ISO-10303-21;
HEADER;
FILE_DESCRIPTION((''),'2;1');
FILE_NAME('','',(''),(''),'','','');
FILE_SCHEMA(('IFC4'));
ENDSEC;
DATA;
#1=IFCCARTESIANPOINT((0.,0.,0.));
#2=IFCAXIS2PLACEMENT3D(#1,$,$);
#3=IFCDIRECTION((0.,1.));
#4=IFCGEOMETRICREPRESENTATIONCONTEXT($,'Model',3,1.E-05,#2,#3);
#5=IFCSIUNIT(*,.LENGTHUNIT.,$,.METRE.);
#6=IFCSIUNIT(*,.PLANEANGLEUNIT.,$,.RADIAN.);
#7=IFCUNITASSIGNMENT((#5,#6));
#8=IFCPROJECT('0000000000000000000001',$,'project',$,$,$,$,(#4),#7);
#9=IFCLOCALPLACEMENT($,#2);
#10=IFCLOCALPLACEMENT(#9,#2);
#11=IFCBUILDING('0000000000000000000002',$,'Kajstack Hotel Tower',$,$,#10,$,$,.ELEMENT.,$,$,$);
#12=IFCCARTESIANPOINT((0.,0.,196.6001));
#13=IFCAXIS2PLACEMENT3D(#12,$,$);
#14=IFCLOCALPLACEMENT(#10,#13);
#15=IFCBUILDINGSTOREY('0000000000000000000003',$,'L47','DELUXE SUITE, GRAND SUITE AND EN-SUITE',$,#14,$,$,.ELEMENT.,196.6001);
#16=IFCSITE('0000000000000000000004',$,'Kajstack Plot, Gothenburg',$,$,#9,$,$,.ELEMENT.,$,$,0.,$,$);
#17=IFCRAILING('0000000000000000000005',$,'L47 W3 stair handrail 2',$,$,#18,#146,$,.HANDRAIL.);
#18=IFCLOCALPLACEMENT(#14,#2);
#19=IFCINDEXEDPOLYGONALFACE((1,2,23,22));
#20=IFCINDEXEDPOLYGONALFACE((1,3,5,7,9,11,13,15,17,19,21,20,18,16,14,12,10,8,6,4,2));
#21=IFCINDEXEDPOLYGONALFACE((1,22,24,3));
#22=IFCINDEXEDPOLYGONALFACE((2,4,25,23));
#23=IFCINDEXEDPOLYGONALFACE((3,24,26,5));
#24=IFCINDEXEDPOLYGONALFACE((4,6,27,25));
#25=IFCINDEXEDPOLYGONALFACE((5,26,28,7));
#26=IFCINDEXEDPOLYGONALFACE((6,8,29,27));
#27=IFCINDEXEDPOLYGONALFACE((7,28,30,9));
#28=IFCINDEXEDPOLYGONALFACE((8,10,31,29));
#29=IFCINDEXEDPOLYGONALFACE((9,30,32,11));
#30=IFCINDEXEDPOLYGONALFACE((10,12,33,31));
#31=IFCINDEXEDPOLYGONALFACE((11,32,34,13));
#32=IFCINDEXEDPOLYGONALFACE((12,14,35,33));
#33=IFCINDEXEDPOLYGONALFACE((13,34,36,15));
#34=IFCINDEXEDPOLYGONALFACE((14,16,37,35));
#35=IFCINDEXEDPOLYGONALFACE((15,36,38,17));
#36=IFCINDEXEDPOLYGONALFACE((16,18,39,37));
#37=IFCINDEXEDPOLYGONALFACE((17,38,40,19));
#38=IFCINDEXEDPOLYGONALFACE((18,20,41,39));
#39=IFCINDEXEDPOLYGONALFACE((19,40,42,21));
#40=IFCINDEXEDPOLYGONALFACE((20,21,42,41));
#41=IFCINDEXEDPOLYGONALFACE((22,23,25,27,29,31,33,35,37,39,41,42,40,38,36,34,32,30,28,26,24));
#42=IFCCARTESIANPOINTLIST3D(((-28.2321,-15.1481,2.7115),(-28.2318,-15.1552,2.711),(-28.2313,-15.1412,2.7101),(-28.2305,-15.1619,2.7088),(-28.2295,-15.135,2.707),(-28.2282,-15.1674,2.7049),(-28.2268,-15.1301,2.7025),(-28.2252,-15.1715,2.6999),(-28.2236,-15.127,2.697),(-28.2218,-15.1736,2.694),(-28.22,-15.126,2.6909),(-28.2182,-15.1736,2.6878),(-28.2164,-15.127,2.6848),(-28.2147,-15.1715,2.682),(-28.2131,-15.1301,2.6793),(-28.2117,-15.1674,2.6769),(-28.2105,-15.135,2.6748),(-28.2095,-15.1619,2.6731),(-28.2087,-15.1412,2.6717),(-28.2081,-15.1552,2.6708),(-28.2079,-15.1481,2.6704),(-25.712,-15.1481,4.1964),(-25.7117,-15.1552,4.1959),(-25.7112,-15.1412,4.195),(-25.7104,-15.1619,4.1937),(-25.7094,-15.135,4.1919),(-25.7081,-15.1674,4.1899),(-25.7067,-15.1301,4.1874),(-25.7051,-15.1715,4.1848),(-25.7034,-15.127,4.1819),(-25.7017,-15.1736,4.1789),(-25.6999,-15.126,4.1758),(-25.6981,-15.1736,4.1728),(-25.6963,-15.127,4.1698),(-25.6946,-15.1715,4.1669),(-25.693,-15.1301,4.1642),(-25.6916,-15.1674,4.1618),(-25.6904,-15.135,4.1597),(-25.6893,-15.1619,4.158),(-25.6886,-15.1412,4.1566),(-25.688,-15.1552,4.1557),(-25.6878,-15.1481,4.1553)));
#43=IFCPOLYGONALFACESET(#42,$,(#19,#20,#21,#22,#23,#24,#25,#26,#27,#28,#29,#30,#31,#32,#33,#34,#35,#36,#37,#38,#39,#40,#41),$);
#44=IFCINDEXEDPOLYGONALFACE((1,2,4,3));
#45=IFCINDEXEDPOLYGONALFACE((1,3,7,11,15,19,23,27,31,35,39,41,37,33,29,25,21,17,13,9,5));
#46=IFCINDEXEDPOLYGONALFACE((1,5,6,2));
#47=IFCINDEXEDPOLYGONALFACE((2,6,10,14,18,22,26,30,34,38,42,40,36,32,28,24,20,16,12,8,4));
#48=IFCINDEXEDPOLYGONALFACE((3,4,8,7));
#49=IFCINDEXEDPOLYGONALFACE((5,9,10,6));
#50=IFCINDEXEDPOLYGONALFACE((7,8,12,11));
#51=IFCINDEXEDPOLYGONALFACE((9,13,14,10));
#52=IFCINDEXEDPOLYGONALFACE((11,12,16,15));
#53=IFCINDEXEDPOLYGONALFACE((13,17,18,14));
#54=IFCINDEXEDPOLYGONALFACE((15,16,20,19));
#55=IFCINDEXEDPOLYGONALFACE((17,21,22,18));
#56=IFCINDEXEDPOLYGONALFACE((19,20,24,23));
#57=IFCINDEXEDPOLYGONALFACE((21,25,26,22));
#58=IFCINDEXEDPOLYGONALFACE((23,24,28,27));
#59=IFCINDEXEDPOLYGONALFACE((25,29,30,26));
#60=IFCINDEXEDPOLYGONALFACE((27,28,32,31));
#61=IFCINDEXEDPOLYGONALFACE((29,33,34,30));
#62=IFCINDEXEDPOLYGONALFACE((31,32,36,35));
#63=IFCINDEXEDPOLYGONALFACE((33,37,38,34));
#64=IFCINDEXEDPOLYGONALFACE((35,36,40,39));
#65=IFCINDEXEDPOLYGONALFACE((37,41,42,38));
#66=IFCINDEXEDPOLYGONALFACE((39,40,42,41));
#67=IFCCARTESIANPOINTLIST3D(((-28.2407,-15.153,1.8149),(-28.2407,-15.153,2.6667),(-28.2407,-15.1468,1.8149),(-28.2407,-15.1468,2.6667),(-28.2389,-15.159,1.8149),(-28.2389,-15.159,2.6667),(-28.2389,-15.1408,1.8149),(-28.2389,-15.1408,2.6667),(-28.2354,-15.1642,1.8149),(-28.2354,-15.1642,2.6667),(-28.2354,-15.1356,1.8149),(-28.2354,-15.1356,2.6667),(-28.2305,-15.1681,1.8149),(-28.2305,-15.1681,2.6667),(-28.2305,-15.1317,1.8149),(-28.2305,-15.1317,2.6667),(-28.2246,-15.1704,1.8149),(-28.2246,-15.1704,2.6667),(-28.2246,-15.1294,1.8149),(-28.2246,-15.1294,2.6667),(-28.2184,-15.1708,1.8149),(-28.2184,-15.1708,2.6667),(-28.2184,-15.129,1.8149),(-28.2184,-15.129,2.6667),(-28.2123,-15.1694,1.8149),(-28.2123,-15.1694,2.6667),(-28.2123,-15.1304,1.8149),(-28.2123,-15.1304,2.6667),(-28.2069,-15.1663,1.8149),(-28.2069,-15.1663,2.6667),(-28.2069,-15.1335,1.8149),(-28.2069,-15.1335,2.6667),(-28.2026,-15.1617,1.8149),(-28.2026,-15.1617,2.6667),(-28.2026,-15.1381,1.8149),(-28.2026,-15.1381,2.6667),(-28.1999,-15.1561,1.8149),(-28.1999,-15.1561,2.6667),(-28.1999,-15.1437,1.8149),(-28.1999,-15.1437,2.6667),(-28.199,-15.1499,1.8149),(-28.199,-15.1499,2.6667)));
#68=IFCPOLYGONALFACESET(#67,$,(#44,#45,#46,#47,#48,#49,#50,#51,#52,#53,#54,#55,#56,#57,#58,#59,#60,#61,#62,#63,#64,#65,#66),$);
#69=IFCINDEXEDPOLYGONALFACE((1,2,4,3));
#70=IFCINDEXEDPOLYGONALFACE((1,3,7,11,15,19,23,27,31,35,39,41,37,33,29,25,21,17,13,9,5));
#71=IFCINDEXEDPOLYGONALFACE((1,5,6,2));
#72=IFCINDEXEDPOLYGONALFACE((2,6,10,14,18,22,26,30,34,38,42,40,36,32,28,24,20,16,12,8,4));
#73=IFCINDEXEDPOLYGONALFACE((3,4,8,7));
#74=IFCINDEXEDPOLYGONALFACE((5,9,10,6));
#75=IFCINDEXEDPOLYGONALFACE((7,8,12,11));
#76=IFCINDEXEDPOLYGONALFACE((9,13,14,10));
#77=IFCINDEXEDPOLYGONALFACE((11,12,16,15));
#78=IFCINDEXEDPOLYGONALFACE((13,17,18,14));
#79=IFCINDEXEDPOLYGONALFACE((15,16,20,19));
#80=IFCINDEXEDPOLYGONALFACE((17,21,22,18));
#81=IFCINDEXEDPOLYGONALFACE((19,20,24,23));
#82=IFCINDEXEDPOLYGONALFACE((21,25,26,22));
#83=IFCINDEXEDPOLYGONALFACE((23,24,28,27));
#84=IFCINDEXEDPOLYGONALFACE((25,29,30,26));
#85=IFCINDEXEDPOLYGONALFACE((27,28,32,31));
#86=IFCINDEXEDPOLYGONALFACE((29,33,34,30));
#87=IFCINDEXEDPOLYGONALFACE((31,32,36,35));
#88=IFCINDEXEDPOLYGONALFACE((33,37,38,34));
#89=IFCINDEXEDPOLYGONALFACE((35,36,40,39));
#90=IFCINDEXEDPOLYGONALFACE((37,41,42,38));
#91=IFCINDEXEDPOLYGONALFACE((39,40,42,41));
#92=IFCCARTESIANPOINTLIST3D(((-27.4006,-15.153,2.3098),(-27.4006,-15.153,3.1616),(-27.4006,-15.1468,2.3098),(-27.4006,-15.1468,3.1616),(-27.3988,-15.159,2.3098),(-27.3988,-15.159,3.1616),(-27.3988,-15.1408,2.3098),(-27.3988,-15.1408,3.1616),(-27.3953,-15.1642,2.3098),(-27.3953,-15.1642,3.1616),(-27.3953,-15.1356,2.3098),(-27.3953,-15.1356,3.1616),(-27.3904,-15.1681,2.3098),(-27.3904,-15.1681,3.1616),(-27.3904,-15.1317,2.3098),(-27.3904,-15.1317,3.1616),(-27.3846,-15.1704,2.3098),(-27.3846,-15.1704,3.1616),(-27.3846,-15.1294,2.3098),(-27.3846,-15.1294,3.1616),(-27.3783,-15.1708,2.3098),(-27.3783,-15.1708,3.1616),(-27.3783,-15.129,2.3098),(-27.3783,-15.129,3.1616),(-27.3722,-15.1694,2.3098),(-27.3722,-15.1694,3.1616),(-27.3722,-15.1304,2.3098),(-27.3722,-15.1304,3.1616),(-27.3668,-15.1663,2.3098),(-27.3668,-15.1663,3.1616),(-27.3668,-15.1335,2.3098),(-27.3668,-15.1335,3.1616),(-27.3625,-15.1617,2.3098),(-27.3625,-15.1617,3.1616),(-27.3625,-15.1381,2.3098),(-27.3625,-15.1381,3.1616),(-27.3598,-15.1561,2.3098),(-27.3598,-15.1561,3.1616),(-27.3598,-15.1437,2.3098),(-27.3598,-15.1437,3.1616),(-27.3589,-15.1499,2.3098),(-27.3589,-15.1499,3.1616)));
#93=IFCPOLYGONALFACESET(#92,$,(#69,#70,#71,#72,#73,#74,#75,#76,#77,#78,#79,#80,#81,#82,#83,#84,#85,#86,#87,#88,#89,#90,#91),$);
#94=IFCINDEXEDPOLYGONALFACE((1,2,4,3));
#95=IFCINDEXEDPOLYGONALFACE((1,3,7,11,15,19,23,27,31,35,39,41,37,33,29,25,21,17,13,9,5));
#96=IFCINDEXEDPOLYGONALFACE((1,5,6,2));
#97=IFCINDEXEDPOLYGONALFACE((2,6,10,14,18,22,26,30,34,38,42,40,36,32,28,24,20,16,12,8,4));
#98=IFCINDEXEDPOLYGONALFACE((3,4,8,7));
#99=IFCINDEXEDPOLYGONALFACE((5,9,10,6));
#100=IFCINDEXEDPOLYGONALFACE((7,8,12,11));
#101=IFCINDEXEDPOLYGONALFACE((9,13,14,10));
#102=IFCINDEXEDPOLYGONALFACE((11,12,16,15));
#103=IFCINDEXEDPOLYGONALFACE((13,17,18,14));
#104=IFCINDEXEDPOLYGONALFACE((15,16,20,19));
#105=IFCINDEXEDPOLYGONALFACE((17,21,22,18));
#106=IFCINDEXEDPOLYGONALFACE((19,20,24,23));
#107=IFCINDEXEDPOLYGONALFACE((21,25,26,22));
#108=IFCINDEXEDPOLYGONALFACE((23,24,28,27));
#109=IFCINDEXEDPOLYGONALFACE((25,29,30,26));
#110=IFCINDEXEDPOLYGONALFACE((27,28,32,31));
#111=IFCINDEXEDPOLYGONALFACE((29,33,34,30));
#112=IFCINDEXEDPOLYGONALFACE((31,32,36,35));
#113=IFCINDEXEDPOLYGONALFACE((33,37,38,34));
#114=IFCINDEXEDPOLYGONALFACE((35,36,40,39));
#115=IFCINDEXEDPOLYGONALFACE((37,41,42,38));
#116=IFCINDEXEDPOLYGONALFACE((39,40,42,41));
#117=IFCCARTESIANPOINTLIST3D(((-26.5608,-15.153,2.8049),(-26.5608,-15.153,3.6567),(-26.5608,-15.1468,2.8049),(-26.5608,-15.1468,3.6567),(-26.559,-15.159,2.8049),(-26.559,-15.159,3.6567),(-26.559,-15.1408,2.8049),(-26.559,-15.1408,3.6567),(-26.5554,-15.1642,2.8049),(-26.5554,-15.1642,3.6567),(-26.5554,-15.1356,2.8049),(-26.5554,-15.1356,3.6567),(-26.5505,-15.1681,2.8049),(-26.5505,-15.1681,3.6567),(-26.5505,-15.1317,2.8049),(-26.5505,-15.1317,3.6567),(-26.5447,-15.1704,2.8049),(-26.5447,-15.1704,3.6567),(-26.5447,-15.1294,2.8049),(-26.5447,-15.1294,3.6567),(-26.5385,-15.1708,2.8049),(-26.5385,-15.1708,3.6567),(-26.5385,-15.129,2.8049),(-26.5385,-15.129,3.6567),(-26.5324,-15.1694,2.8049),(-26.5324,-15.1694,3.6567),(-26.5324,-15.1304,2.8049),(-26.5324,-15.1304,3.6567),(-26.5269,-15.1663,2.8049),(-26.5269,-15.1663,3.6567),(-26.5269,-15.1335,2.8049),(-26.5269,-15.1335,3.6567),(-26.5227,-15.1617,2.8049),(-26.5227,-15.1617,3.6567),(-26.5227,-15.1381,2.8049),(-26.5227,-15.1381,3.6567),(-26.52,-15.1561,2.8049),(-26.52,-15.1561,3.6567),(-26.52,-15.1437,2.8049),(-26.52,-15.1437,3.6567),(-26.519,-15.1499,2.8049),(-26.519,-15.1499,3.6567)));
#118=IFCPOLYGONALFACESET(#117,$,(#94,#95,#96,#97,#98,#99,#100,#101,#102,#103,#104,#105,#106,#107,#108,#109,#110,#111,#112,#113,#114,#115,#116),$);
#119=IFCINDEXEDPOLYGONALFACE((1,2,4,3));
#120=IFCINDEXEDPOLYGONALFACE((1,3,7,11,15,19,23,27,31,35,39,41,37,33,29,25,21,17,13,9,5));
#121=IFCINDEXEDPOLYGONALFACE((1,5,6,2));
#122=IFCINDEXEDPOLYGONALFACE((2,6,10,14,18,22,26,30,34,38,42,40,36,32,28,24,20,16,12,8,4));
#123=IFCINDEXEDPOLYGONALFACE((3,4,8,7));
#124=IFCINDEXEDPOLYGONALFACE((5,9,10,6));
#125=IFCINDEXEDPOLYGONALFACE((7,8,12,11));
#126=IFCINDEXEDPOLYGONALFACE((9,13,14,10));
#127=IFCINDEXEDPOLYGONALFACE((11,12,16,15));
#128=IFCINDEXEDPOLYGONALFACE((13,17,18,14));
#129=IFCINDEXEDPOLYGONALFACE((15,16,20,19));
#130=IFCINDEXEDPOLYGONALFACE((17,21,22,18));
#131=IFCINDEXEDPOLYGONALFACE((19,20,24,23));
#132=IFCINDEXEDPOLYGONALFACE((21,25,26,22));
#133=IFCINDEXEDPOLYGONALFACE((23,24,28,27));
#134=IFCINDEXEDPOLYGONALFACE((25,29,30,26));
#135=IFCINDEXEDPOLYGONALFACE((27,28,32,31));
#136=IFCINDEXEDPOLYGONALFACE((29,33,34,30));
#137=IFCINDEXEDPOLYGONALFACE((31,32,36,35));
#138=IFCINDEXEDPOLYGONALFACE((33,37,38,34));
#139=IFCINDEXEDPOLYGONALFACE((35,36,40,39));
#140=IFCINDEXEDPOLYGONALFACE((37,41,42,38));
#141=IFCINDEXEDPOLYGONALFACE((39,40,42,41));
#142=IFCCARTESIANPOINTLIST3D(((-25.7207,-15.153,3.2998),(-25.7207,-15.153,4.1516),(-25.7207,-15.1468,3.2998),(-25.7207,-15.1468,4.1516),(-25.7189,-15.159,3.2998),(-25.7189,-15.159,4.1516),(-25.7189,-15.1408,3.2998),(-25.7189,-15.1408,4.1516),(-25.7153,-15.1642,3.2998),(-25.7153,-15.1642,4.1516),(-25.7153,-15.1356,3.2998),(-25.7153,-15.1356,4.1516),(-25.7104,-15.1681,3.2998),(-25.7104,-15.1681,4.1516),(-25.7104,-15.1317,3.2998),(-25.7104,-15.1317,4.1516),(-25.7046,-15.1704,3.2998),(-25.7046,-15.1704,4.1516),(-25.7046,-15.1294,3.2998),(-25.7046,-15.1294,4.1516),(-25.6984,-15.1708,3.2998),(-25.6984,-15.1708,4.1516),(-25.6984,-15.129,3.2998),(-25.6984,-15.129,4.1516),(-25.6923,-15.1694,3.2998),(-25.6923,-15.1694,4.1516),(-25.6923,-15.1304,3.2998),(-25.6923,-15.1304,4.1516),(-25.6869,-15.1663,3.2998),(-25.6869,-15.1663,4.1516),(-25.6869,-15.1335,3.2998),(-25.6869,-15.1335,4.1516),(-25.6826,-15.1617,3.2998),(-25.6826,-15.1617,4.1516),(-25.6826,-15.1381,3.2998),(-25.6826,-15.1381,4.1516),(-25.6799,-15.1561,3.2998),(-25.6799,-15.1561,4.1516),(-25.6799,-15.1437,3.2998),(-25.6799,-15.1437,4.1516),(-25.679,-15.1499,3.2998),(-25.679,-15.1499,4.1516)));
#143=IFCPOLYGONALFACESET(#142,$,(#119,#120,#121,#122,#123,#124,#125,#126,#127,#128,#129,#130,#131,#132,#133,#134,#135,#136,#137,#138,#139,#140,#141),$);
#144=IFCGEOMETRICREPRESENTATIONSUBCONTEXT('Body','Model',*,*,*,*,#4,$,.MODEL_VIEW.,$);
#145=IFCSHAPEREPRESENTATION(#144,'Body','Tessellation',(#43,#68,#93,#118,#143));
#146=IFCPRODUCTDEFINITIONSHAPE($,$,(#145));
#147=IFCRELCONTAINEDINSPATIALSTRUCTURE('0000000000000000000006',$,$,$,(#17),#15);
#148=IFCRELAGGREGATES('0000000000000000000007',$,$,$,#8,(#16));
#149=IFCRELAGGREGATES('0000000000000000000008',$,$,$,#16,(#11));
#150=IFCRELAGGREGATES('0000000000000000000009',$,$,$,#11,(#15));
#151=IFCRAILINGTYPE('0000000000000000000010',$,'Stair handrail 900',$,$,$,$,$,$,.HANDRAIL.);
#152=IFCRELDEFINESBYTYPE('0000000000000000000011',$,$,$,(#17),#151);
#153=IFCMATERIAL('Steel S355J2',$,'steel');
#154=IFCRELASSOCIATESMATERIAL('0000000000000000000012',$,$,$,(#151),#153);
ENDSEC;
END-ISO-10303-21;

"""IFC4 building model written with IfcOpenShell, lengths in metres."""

from ifc_helpers import new_model, si_unit, direction, frame, origin, origin_2d, place, context, subcontext, project, spatial, circle, extrude, material, type_object, element, save


model = new_model("IFC4")

# Units and contexts
model_context = context("Model", 3, precision=1e-05, world=origin(), true_north=direction((0.0, 1.0)))
body_context = subcontext(model_context, "Body", "Model", "MODEL_VIEW")
ifc_project = project(units=[si_unit("LENGTHUNIT", "METRE"), si_unit("PLANEANGLEUNIT", "RADIAN")], contexts=[model_context])

# Site, building, storey
site_placement = place(None, origin())
site = spatial("IfcSite", under=ifc_project, at=site_placement, Name="Kajstack Plot, Gothenburg", CompositionType="ELEMENT", RefElevation=0.0)
building_placement = place(site_placement, origin())
building = spatial("IfcBuilding", under=site, at=building_placement, Name="Kajstack Hotel Tower", CompositionType="ELEMENT")
storey_placement = place(building_placement, frame((0.0, 0.0, 196.6001)))
storey = spatial("IfcBuildingStorey", under=building, at=storey_placement, Name="L47", Description="DELUXE SUITE, GRAND SUITE AND EN-SUITE", CompositionType="ELEMENT", Elevation=196.6001)

# Railing
ifc_material_1 = material(Name="Steel S355J2", Category="steel")
railing_type_1 = type_object("IfcRailingType", Name="Stair handrail 900", PredefinedType="HANDRAIL", material=ifc_material_1)
railing_1_placement = place(storey_placement, frame((-28.22, -15.1499, 1.8149)))
element("IfcRailing", 1, at=railing_1_placement, inside=storey, type_object=railing_type_1, Name="L47 W3 stair handrail 2", PredefinedType="HANDRAIL", context=body_context, shape_type="SweptSolid", body=[
    extrude(circle(Radius=0.0239, at=origin_2d()), frame((0.0, 0.0, 0.876), z_axis=(0.861561, 0.0, 0.507655), x_axis=(0.0, 1.0, 0.0)), (0.0, 0.0, 1.0), 2.925),
    extrude(circle(Radius=0.021, at=origin_2d()), origin(), (0.0, 0.0, 1.0), 0.8518),
    extrude(circle(Radius=0.021, at=origin_2d()), frame((0.8401, 0.0, 0.4949)), (0.0, 0.0, 1.0), 0.8518),
    extrude(circle(Radius=0.021, at=origin_2d()), frame((1.6799, 0.0, 0.99)), (0.0, 0.0, 1.0), 0.8518),
    extrude(circle(Radius=0.021, at=origin_2d()), frame((2.52, 0.0, 1.4849)), (0.0, 0.0, 1.0), 0.8518),
])

save(model, "model.ifc")
